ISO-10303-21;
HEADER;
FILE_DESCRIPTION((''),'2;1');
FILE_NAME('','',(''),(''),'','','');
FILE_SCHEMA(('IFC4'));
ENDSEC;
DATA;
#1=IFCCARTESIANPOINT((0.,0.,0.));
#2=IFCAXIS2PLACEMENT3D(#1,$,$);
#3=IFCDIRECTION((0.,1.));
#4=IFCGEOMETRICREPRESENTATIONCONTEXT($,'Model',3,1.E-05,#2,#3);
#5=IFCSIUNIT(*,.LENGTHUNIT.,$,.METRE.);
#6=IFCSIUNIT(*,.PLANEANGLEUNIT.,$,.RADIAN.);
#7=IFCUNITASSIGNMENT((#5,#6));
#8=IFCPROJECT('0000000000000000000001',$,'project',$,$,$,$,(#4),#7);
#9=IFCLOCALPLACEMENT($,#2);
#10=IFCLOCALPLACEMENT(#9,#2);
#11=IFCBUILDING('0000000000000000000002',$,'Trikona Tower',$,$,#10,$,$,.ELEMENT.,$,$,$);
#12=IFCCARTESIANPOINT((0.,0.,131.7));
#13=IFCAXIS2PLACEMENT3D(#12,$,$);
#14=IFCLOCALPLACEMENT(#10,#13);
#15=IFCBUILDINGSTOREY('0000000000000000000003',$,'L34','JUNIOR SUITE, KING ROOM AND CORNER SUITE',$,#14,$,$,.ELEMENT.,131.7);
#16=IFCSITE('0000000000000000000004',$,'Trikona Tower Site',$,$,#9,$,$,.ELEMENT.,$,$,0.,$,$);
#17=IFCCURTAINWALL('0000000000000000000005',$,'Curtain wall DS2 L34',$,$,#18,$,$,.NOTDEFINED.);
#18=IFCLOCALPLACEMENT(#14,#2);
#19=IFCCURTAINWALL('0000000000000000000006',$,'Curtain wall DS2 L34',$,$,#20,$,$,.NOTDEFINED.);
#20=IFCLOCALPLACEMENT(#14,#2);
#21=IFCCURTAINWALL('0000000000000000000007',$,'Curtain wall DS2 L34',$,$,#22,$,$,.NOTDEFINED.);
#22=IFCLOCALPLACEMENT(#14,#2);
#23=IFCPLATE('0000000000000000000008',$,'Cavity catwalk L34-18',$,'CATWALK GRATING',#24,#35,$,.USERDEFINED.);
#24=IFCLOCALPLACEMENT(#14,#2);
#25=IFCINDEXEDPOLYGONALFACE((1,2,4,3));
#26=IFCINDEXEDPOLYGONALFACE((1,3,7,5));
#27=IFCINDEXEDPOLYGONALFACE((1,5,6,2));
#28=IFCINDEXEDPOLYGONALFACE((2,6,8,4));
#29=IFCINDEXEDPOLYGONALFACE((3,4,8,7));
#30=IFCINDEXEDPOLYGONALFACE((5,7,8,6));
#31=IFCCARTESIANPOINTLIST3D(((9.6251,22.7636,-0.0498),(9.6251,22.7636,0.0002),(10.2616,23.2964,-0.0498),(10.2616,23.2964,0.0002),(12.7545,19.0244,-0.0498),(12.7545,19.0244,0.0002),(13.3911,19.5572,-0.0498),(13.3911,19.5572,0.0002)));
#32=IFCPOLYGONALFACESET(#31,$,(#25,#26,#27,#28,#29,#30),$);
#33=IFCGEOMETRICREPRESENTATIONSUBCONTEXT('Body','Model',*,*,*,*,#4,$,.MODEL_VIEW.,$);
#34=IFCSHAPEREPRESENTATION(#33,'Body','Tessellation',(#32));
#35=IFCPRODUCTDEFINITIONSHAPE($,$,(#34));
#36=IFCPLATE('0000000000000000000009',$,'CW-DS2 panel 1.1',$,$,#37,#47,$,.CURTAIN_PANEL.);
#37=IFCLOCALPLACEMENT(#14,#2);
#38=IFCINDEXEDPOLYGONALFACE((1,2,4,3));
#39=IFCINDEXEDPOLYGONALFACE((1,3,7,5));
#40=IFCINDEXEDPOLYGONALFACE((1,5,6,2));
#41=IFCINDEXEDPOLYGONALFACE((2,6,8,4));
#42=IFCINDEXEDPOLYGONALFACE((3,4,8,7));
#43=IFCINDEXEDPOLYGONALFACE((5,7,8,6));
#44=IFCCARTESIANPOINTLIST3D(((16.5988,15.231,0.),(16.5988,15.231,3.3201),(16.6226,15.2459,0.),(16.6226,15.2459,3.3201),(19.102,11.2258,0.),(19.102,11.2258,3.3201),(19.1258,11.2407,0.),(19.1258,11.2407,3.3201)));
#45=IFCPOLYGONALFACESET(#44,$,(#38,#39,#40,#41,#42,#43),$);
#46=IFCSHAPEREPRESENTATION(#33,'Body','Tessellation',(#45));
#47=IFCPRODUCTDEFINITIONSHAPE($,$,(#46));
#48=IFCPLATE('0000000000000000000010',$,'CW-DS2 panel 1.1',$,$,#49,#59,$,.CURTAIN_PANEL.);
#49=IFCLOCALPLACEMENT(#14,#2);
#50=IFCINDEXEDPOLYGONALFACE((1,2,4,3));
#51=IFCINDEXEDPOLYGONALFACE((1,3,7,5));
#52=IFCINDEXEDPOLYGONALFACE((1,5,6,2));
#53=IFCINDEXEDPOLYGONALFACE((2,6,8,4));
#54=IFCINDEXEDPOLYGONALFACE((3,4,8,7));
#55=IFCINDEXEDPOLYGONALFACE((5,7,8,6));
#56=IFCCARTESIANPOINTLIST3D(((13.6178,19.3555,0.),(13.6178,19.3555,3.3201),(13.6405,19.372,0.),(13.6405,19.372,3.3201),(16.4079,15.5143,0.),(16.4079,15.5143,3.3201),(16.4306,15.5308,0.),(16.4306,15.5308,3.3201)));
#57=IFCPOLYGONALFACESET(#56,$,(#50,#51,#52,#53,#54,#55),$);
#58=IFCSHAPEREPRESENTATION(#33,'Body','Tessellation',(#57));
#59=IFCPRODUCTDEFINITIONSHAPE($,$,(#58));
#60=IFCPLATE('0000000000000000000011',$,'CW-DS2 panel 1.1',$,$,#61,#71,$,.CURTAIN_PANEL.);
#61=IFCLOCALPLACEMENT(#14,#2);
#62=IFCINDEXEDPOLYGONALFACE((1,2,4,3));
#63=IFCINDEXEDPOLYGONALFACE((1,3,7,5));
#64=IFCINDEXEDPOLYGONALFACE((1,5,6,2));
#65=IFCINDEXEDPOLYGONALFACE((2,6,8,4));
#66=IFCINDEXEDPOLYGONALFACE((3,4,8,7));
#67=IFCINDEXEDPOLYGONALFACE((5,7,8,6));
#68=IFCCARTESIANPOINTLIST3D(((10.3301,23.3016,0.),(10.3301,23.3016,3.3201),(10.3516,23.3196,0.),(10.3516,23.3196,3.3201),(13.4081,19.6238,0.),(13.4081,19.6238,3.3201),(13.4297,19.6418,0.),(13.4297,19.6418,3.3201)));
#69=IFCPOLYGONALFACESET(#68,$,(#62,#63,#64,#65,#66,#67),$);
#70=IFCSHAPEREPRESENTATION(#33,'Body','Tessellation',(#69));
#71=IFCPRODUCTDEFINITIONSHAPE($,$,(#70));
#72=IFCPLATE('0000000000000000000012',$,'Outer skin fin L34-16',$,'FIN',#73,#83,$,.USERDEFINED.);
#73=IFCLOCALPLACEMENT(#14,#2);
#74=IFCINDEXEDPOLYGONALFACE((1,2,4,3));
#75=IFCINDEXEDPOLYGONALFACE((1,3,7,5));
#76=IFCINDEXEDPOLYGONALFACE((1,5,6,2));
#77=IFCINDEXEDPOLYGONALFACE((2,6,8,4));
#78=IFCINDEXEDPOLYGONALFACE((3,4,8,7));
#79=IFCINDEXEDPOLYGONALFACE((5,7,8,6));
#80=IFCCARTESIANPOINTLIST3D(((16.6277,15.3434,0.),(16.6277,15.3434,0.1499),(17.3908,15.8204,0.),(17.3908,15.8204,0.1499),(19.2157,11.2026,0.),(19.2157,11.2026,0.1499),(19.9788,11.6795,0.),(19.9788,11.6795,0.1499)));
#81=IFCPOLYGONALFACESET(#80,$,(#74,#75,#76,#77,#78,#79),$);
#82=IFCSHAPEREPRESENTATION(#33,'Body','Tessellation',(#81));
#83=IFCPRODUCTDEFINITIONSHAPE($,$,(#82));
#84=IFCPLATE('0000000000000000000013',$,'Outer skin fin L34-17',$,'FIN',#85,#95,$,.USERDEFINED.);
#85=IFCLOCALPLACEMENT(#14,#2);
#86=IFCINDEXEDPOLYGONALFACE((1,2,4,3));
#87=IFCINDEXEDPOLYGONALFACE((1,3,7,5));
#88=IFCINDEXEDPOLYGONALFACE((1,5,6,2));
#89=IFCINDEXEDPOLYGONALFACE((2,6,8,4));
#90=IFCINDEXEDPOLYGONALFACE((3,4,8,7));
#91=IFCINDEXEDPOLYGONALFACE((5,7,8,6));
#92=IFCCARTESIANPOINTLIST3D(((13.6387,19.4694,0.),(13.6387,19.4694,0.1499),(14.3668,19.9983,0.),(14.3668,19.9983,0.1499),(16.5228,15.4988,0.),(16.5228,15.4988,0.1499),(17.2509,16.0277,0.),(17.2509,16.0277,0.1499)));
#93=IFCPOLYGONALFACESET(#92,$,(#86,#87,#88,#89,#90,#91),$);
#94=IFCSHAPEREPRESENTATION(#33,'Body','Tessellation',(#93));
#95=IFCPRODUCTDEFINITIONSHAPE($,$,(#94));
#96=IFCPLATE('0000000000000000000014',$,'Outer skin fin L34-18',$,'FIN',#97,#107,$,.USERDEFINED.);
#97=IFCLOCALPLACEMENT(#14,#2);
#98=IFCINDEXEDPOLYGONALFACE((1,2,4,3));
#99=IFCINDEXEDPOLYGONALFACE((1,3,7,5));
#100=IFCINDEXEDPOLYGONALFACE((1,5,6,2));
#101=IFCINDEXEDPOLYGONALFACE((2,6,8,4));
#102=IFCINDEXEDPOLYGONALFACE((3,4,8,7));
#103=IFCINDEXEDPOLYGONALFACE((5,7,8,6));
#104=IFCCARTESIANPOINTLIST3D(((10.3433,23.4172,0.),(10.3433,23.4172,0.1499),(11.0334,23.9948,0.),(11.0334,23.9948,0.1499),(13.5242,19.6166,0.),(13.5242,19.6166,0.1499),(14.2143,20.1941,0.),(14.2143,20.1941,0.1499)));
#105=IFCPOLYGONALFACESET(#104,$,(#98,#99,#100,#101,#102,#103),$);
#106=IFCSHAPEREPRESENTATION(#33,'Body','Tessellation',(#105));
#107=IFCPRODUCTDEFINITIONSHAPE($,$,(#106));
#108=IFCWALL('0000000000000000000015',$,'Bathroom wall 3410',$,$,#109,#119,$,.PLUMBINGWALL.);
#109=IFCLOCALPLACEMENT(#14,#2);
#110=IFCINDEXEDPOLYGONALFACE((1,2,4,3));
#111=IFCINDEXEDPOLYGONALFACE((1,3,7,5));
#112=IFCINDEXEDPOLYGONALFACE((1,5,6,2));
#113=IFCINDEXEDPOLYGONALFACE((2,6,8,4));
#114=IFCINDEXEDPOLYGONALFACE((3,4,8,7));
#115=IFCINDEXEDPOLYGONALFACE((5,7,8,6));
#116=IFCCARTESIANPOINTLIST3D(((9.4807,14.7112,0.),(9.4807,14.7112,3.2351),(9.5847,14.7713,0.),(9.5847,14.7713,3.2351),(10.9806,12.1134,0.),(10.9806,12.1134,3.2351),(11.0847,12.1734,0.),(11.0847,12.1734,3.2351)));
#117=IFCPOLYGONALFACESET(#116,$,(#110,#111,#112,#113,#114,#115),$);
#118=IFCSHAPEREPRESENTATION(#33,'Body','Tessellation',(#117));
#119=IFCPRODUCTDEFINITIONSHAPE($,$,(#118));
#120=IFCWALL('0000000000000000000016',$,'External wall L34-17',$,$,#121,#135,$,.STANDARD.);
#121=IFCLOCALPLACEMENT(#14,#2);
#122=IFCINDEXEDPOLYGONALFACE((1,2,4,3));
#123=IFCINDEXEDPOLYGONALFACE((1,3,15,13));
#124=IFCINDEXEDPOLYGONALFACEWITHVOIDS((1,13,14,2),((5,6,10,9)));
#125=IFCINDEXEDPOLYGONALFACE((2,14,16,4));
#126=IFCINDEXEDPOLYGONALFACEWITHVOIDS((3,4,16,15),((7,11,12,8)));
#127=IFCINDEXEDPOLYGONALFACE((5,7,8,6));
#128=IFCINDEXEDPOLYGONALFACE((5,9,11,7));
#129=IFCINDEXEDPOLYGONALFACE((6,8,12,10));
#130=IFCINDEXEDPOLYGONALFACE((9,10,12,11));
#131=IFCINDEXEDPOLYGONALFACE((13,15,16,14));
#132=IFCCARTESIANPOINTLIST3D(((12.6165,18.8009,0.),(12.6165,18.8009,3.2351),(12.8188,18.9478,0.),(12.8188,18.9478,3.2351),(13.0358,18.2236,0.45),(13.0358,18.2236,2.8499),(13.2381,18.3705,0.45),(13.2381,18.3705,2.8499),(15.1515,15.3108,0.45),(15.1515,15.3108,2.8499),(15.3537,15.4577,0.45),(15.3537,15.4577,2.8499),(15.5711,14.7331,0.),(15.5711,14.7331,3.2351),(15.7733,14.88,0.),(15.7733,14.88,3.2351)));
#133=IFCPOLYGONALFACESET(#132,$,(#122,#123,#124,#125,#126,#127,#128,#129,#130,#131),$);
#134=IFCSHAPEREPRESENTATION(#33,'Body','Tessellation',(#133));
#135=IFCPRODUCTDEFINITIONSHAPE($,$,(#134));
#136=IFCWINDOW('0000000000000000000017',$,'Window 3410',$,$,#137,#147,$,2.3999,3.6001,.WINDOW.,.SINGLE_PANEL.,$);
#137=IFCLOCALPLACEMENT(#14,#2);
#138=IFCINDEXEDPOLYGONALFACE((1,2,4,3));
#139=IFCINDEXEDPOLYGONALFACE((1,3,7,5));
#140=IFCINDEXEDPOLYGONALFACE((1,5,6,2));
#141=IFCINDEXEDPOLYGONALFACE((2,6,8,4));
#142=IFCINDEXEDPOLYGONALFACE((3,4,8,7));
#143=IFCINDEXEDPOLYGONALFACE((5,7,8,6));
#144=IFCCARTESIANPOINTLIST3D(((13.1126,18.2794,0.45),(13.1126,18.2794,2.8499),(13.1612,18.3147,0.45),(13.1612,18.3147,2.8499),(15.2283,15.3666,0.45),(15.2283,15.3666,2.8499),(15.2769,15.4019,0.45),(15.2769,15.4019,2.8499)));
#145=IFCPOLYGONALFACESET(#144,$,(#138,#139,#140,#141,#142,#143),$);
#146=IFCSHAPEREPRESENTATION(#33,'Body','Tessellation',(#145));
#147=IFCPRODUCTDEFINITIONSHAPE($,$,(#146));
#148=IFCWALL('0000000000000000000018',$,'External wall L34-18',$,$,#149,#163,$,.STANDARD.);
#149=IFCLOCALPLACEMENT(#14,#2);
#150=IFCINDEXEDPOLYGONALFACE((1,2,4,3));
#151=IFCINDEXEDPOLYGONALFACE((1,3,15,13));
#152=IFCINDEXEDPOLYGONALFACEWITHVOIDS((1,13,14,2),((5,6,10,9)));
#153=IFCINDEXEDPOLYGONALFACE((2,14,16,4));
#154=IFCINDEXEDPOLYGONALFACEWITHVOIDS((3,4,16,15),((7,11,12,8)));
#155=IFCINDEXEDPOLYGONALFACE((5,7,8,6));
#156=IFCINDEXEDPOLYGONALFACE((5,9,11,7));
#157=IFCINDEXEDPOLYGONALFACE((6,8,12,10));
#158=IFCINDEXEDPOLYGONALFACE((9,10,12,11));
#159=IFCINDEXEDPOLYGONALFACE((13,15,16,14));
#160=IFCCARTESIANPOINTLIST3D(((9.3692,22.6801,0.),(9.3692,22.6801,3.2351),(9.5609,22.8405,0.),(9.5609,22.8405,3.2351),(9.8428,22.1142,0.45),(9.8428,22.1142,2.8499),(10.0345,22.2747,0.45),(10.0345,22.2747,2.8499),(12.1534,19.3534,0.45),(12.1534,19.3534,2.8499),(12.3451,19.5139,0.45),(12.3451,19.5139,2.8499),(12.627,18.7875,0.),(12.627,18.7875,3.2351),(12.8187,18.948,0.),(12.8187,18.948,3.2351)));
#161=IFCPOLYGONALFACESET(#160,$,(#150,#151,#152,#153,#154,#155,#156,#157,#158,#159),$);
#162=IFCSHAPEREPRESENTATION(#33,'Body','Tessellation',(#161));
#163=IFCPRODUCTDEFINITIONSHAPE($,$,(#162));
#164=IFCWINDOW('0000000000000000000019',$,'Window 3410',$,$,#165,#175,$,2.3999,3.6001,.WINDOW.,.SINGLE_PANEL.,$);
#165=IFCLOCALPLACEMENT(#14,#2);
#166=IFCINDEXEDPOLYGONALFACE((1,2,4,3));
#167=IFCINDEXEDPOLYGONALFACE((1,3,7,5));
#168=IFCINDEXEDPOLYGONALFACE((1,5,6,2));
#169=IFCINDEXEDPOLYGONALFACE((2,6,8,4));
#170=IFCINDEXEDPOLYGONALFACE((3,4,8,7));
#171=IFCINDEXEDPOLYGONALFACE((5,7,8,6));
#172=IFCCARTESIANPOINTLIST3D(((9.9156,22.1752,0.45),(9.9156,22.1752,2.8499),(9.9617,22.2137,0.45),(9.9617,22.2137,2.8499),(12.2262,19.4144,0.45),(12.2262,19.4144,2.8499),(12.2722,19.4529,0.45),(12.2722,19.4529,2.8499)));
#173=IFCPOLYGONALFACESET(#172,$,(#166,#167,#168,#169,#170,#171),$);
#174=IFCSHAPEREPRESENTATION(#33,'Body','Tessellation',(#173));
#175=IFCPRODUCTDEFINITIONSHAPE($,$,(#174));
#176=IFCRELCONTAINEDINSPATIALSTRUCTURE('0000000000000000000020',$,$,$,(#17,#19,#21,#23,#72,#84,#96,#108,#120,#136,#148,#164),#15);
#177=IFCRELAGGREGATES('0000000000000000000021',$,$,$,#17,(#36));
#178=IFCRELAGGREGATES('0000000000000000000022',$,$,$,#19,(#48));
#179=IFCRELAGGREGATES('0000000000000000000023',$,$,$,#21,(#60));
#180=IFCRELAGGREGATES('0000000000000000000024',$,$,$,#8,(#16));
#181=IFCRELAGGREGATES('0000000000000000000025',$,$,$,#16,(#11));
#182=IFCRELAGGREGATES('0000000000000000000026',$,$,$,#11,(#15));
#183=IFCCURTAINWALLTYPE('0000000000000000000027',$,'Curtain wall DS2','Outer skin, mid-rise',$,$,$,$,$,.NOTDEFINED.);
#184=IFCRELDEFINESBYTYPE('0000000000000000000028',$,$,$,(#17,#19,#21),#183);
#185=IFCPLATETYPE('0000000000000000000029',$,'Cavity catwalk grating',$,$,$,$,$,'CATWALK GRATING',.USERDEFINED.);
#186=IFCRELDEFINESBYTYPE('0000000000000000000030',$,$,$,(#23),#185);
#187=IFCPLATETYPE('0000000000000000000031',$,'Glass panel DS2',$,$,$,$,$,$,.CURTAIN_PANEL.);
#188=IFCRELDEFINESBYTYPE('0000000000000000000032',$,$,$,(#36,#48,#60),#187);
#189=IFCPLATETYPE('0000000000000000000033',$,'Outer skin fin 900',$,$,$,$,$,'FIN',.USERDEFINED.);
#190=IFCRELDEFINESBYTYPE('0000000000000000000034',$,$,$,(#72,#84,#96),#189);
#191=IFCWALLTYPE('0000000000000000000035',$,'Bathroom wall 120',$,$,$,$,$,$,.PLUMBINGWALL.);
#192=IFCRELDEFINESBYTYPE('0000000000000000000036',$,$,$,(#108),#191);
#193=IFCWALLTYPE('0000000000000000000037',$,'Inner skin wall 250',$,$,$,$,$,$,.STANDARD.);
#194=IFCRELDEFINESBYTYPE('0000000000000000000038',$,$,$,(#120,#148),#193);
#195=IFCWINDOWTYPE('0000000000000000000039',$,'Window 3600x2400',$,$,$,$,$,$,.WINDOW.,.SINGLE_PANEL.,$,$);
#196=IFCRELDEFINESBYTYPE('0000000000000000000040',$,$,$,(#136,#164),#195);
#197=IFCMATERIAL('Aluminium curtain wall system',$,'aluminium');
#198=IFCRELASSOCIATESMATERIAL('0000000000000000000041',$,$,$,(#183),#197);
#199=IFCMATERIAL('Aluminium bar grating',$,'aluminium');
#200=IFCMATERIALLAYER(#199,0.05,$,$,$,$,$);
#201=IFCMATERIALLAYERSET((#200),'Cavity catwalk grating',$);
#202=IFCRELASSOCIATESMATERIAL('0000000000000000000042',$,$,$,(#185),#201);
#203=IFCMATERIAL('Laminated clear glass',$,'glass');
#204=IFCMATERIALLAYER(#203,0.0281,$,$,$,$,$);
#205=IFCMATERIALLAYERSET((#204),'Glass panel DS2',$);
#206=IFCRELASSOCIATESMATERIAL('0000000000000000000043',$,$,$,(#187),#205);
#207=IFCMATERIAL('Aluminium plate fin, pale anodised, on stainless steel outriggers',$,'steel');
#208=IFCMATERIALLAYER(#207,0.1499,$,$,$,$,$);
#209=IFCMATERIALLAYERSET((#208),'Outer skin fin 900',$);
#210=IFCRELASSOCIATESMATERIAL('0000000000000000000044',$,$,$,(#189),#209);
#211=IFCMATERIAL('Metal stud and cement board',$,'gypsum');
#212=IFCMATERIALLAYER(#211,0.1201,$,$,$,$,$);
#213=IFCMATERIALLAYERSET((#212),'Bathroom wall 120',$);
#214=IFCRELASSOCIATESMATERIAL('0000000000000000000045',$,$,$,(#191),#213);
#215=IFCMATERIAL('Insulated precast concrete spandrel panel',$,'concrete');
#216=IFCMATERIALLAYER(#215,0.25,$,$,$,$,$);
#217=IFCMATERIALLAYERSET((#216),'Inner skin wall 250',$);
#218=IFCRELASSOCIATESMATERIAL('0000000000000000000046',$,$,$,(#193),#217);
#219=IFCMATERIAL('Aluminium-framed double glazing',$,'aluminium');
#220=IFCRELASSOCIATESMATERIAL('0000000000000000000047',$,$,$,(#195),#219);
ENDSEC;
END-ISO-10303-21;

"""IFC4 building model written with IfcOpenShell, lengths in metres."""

from ifc_helpers import new_model, si_unit, direction, frame, frame_2d, origin, origin_2d, place, context, subcontext, project, spatial, rectangle, extrude, material, layer, layer_set, type_object, element, fill, aggregate, save


model = new_model("IFC4")

# Units and contexts
model_context = context("Model", 3, precision=1e-05, world=origin(), true_north=direction((0.0, 1.0)))
body_context = subcontext(model_context, "Body", "Model", "MODEL_VIEW")
ifc_project = project(units=[si_unit("LENGTHUNIT", "METRE"), si_unit("PLANEANGLEUNIT", "RADIAN")], contexts=[model_context])

# Site, building, storey
site_placement = place(None, origin())
site = spatial("IfcSite", under=ifc_project, at=site_placement, Name="Trikona Tower Site", CompositionType="ELEMENT", RefElevation=0.0)
building_placement = place(site_placement, origin())
building = spatial("IfcBuilding", under=site, at=building_placement, Name="Trikona Tower", CompositionType="ELEMENT")
storey_placement = place(building_placement, frame((0.0, 0.0, 131.7)))
storey = spatial("IfcBuildingStorey", under=building, at=storey_placement, Name="L34", Description="JUNIOR SUITE, KING ROOM AND CORNER SUITE", CompositionType="ELEMENT", Elevation=131.7)

# Curtain walls
ifc_material_1 = material(Name="Aluminium curtain wall system", Category="aluminium")
curtain_wall_type = type_object("IfcCurtainWallType", Name="Curtain wall DS2", Description="Outer skin, mid-rise", PredefinedType="NOTDEFINED", material=ifc_material_1)
curtain_wall_1_placement = place(storey_placement, origin())
curtain_wall_1 = element("IfcCurtainWall", 1, at=curtain_wall_1_placement, inside=storey, type_object=curtain_wall_type, Name="Curtain wall DS2 L34", PredefinedType="NOTDEFINED")
curtain_wall_2_placement = place(storey_placement, origin())
curtain_wall_2 = element("IfcCurtainWall", 2, at=curtain_wall_2_placement, inside=storey, type_object=curtain_wall_type, Name="Curtain wall DS2 L34", PredefinedType="NOTDEFINED")

# Curtain wall
curtain_wall_3_placement = place(storey_placement, origin())
curtain_wall_3 = element("IfcCurtainWall", 3, at=curtain_wall_3_placement, inside=storey, type_object=curtain_wall_type, Name="Curtain wall DS2 L34", PredefinedType="NOTDEFINED")

# Plate
ifc_material_2 = material(Name="Aluminium bar grating", Category="aluminium")
ifc_layer_1 = layer(ifc_material_2, 0.05)
ifc_layer_set_1 = layer_set([ifc_layer_1], Name="Cavity catwalk grating")
plate_type_1 = type_object("IfcPlateType", Name="Cavity catwalk grating", ElementType="CATWALK GRATING", PredefinedType="USERDEFINED", material=ifc_layer_set_1)
plate_1_placement = place(storey_placement, frame((11.5081, 21.1604, -0.0498), z_axis=(0.0, 0.0, 1.0), x_axis=(-0.641807, 0.766866, 0.0)))
element("IfcPlate", 4, at=plate_1_placement, inside=storey, type_object=plate_type_1, Name="Cavity catwalk L34-18", ObjectType="CATWALK GRATING", PredefinedType="USERDEFINED", context=body_context, shape_type="SweptSolid", body=[
    extrude(rectangle(XDim=4.876, YDim=0.8301, at=origin_2d()), origin(), (0.0, 0.0, 1.0), 0.05),
])

# Plates
ifc_material_3 = material(Name="Laminated clear glass", Category="glass")
ifc_layer_2 = layer(ifc_material_3, 0.0281)
ifc_layer_set_2 = layer_set([ifc_layer_2], Name="Glass panel DS2")
plate_type_2 = type_object("IfcPlateType", Name="Glass panel DS2", PredefinedType="CURTAIN_PANEL", material=ifc_layer_set_2)
plate_2_placement = place(storey_placement, frame((17.8623, 13.2358, 0.0), z_axis=(0.0, 0.0, 1.0), x_axis=(-0.529999, 0.847998, 0.0)))
plate_2 = element("IfcPlate", 5, at=plate_2_placement, type_object=plate_type_2, Name="CW-DS2 panel 1.1", PredefinedType="CURTAIN_PANEL", context=body_context, shape_type="SweptSolid", body=[
    extrude(rectangle(XDim=4.7231, YDim=0.0281, at=origin_2d()), origin(), (0.0, 0.0, 1.0), 3.3201),
])
aggregate(curtain_wall_1, [plate_2])
plate_3_placement = place(storey_placement, frame((15.0242, 17.4431, 0.0), z_axis=(0.0, 0.0, 1.0), x_axis=(-0.587691, 0.809086, 0.0)))
plate_3 = element("IfcPlate", 6, at=plate_3_placement, type_object=plate_type_2, Name="CW-DS2 panel 1.1", PredefinedType="CURTAIN_PANEL", context=body_context, shape_type="SweptSolid", body=[
    extrude(rectangle(XDim=4.7476, YDim=0.0281, at=origin_2d()), origin(), (0.0, 0.0, 1.0), 3.3201),
])
aggregate(curtain_wall_2, [plate_3])
plate_4_placement = place(storey_placement, frame((11.8799, 21.4717, 0.0), z_axis=(0.0, 0.0, 1.0), x_axis=(-0.641806, 0.766867, 0.0)))
plate_4 = element("IfcPlate", 7, at=plate_4_placement, type_object=plate_type_2, Name="CW-DS2 panel 1.1", PredefinedType="CURTAIN_PANEL", context=body_context, shape_type="SweptSolid", body=[
    extrude(rectangle(XDim=4.7959, YDim=0.0281, at=origin_2d()), origin(), (0.0, 0.0, 1.0), 3.3201),
])
aggregate(curtain_wall_3, [plate_4])

# Plates
ifc_material_4 = material(Name="Aluminium plate fin, pale anodised, on stainless steel outriggers", Category="steel")
ifc_layer_3 = layer(ifc_material_4, 0.1499)
ifc_layer_set_3 = layer_set([ifc_layer_3], Name="Outer skin fin 900")
plate_type_3 = type_object("IfcPlateType", Name="Outer skin fin 900", ElementType="FIN", PredefinedType="USERDEFINED", material=ifc_layer_set_3)
plate_5_placement = place(storey_placement, frame((18.3032, 13.5115, 0.0), z_axis=(0.0, 0.0, 1.0), x_axis=(-0.529995, 0.848001, 0.0)))
element("IfcPlate", 8, at=plate_5_placement, inside=storey, type_object=plate_type_3, Name="Outer skin fin L34-16", ObjectType="FIN", PredefinedType="USERDEFINED", context=body_context, shape_type="SweptSolid", body=[
    extrude(rectangle(XDim=4.8831, YDim=0.8999, at=origin_2d()), origin(), (0.0, 0.0, 1.0), 0.1499),
])
plate_6_placement = place(storey_placement, frame((15.4448, 17.7485, 0.0), z_axis=(0.0, 0.0, 1.0), x_axis=(-0.587686, 0.809089, 0.0)))
element("IfcPlate", 9, at=plate_6_placement, inside=storey, type_object=plate_type_3, Name="Outer skin fin L34-17", ObjectType="FIN", PredefinedType="USERDEFINED", context=body_context, shape_type="SweptSolid", body=[
    extrude(rectangle(XDim=4.9075, YDim=0.8999, at=origin_2d()), origin(), (0.0, 0.0, 1.0), 0.1499),
])
plate_7_placement = place(storey_placement, frame((12.2788, 21.8057, 0.0), z_axis=(0.0, 0.0, 1.0), x_axis=(-0.641807, 0.766866, 0.0)))
element("IfcPlate", 10, at=plate_7_placement, inside=storey, type_object=plate_type_3, Name="Outer skin fin L34-18", ObjectType="FIN", PredefinedType="USERDEFINED", context=body_context, shape_type="SweptSolid", body=[
    extrude(rectangle(XDim=4.9561, YDim=0.8999, at=origin_2d()), origin(), (0.0, 0.0, 1.0), 0.1499),
])

# Wall
ifc_material_5 = material(Name="Metal stud and cement board", Category="gypsum")
ifc_layer_4 = layer(ifc_material_5, 0.1201)
ifc_layer_set_4 = layer_set([ifc_layer_4], Name="Bathroom wall 120")
wall_type_1 = type_object("IfcWallType", Name="Bathroom wall 120", PredefinedType="PLUMBINGWALL", material=ifc_layer_set_4)
wall_1_placement = place(storey_placement, frame((11.0327, 12.1433, 0.0), z_axis=(0.0, 0.0, 1.0), x_axis=(-0.500025, 0.866011, 0.0)))
element("IfcWall", 11, at=wall_1_placement, inside=storey, type_object=wall_type_1, Name="Bathroom wall 3410", PredefinedType="PLUMBINGWALL", context=body_context, shape_type="SweptSolid", body=[
    extrude(rectangle(XDim=2.9998, YDim=0.1201, at=frame_2d((1.5, 0.0))), origin(), (0.0, 0.0, 1.0), 3.2351),
])

# Walls, openings, windows
ifc_material_6 = material(Name="Insulated precast concrete spandrel panel", Category="concrete")
ifc_layer_5 = layer(ifc_material_6, 0.25)
ifc_layer_set_5 = layer_set([ifc_layer_5], Name="Inner skin wall 250")
wall_type_2 = type_object("IfcWallType", Name="Inner skin wall 250", PredefinedType="STANDARD", material=ifc_layer_set_5)
wall_2_placement = place(storey_placement, frame((15.6721, 14.8066, 0.0), z_axis=(0.0, 0.0, 1.0), x_axis=(-0.587669, 0.809101, 0.0)))
wall_2 = element("IfcWall", 12, at=wall_2_placement, inside=storey, type_object=wall_type_2, Name="External wall L34-17", PredefinedType="STANDARD", context=body_context, shape_type="SweptSolid", body=[
    extrude(rectangle(XDim=5.0276, YDim=0.25, at=frame_2d((2.5137, 0.0))), origin(), (0.0, 0.0, 1.0), 3.2351),
])
opening_1_placement = place(wall_2_placement, frame((0.7139, 0.0, 0.45)))
opening_1 = element("IfcOpeningElement", 13, at=opening_1_placement, cuts=wall_2, PredefinedType="OPENING", context=body_context, shape_type="SweptSolid", body=[
    extrude(rectangle(XDim=3.6001, YDim=2.3999, at=frame_2d((1.8, 1.2))), frame((0.0, 0.135, 0.0), z_axis=(0.0, -1.0, 0.0), x_axis=(1.0, 0.0, 0.0)), (0.0, 0.0, 1.0), 0.27),
])
ifc_material_7 = material(Name="Aluminium-framed double glazing", Category="aluminium")
window_type = type_object("IfcWindowType", Name="Window 3600x2400", PartitioningType="SINGLE_PANEL", PredefinedType="WINDOW", material=ifc_material_7)
window_1_placement = place(opening_1_placement, origin())
window_1 = element("IfcWindow", 14, at=window_1_placement, inside=storey, type_object=window_type, Name="Window 3410", OverallHeight=2.3999, OverallWidth=3.6001, PartitioningType="SINGLE_PANEL", PredefinedType="WINDOW", context=body_context, shape_type="SweptSolid", body=[
    extrude(rectangle(XDim=3.6001, YDim=2.3999, at=frame_2d((1.8, 1.2))), frame((0.0, 0.03, 0.0), z_axis=(0.0, -1.0, 0.0), x_axis=(1.0, 0.0, 0.0)), (0.0, 0.0, 1.0), 0.0601),
])
fill(opening_1, window_1)
wall_3_placement = place(storey_placement, frame((12.7229, 18.8677, 0.0), z_axis=(0.0, 0.0, 1.0), x_axis=(-0.64181, 0.766863, 0.0)))
wall_3 = element("IfcWall", 15, at=wall_3_placement, inside=storey, type_object=wall_type_2, Name="External wall L34-18", PredefinedType="STANDARD", context=body_context, shape_type="SweptSolid", body=[
    extrude(rectangle(XDim=5.0759, YDim=0.25, at=frame_2d((2.5381, 0.0))), origin(), (0.0, 0.0, 1.0), 3.2351),
])
opening_2_placement = place(wall_3_placement, frame((0.738, 0.0, 0.45)))
opening_2 = element("IfcOpeningElement", 16, at=opening_2_placement, cuts=wall_3, PredefinedType="OPENING", context=body_context, shape_type="SweptSolid", body=[
    extrude(rectangle(XDim=3.6001, YDim=2.3999, at=frame_2d((1.8, 1.2))), frame((0.0, 0.135, 0.0), z_axis=(0.0, -1.0, 0.0), x_axis=(1.0, 0.0, 0.0)), (0.0, 0.0, 1.0), 0.27),
])
window_2_placement = place(opening_2_placement, origin())
window_2 = element("IfcWindow", 17, at=window_2_placement, inside=storey, type_object=window_type, Name="Window 3410", OverallHeight=2.3999, OverallWidth=3.6001, PartitioningType="SINGLE_PANEL", PredefinedType="WINDOW", context=body_context, shape_type="SweptSolid", body=[
    extrude(rectangle(XDim=3.6001, YDim=2.3999, at=frame_2d((1.8, 1.2))), frame((0.0, 0.03, 0.0), z_axis=(0.0, -1.0, 0.0), x_axis=(1.0, 0.0, 0.0)), (0.0, 0.0, 1.0), 0.0601),
])
fill(opening_2, window_2)

save(model, "model.ifc")
